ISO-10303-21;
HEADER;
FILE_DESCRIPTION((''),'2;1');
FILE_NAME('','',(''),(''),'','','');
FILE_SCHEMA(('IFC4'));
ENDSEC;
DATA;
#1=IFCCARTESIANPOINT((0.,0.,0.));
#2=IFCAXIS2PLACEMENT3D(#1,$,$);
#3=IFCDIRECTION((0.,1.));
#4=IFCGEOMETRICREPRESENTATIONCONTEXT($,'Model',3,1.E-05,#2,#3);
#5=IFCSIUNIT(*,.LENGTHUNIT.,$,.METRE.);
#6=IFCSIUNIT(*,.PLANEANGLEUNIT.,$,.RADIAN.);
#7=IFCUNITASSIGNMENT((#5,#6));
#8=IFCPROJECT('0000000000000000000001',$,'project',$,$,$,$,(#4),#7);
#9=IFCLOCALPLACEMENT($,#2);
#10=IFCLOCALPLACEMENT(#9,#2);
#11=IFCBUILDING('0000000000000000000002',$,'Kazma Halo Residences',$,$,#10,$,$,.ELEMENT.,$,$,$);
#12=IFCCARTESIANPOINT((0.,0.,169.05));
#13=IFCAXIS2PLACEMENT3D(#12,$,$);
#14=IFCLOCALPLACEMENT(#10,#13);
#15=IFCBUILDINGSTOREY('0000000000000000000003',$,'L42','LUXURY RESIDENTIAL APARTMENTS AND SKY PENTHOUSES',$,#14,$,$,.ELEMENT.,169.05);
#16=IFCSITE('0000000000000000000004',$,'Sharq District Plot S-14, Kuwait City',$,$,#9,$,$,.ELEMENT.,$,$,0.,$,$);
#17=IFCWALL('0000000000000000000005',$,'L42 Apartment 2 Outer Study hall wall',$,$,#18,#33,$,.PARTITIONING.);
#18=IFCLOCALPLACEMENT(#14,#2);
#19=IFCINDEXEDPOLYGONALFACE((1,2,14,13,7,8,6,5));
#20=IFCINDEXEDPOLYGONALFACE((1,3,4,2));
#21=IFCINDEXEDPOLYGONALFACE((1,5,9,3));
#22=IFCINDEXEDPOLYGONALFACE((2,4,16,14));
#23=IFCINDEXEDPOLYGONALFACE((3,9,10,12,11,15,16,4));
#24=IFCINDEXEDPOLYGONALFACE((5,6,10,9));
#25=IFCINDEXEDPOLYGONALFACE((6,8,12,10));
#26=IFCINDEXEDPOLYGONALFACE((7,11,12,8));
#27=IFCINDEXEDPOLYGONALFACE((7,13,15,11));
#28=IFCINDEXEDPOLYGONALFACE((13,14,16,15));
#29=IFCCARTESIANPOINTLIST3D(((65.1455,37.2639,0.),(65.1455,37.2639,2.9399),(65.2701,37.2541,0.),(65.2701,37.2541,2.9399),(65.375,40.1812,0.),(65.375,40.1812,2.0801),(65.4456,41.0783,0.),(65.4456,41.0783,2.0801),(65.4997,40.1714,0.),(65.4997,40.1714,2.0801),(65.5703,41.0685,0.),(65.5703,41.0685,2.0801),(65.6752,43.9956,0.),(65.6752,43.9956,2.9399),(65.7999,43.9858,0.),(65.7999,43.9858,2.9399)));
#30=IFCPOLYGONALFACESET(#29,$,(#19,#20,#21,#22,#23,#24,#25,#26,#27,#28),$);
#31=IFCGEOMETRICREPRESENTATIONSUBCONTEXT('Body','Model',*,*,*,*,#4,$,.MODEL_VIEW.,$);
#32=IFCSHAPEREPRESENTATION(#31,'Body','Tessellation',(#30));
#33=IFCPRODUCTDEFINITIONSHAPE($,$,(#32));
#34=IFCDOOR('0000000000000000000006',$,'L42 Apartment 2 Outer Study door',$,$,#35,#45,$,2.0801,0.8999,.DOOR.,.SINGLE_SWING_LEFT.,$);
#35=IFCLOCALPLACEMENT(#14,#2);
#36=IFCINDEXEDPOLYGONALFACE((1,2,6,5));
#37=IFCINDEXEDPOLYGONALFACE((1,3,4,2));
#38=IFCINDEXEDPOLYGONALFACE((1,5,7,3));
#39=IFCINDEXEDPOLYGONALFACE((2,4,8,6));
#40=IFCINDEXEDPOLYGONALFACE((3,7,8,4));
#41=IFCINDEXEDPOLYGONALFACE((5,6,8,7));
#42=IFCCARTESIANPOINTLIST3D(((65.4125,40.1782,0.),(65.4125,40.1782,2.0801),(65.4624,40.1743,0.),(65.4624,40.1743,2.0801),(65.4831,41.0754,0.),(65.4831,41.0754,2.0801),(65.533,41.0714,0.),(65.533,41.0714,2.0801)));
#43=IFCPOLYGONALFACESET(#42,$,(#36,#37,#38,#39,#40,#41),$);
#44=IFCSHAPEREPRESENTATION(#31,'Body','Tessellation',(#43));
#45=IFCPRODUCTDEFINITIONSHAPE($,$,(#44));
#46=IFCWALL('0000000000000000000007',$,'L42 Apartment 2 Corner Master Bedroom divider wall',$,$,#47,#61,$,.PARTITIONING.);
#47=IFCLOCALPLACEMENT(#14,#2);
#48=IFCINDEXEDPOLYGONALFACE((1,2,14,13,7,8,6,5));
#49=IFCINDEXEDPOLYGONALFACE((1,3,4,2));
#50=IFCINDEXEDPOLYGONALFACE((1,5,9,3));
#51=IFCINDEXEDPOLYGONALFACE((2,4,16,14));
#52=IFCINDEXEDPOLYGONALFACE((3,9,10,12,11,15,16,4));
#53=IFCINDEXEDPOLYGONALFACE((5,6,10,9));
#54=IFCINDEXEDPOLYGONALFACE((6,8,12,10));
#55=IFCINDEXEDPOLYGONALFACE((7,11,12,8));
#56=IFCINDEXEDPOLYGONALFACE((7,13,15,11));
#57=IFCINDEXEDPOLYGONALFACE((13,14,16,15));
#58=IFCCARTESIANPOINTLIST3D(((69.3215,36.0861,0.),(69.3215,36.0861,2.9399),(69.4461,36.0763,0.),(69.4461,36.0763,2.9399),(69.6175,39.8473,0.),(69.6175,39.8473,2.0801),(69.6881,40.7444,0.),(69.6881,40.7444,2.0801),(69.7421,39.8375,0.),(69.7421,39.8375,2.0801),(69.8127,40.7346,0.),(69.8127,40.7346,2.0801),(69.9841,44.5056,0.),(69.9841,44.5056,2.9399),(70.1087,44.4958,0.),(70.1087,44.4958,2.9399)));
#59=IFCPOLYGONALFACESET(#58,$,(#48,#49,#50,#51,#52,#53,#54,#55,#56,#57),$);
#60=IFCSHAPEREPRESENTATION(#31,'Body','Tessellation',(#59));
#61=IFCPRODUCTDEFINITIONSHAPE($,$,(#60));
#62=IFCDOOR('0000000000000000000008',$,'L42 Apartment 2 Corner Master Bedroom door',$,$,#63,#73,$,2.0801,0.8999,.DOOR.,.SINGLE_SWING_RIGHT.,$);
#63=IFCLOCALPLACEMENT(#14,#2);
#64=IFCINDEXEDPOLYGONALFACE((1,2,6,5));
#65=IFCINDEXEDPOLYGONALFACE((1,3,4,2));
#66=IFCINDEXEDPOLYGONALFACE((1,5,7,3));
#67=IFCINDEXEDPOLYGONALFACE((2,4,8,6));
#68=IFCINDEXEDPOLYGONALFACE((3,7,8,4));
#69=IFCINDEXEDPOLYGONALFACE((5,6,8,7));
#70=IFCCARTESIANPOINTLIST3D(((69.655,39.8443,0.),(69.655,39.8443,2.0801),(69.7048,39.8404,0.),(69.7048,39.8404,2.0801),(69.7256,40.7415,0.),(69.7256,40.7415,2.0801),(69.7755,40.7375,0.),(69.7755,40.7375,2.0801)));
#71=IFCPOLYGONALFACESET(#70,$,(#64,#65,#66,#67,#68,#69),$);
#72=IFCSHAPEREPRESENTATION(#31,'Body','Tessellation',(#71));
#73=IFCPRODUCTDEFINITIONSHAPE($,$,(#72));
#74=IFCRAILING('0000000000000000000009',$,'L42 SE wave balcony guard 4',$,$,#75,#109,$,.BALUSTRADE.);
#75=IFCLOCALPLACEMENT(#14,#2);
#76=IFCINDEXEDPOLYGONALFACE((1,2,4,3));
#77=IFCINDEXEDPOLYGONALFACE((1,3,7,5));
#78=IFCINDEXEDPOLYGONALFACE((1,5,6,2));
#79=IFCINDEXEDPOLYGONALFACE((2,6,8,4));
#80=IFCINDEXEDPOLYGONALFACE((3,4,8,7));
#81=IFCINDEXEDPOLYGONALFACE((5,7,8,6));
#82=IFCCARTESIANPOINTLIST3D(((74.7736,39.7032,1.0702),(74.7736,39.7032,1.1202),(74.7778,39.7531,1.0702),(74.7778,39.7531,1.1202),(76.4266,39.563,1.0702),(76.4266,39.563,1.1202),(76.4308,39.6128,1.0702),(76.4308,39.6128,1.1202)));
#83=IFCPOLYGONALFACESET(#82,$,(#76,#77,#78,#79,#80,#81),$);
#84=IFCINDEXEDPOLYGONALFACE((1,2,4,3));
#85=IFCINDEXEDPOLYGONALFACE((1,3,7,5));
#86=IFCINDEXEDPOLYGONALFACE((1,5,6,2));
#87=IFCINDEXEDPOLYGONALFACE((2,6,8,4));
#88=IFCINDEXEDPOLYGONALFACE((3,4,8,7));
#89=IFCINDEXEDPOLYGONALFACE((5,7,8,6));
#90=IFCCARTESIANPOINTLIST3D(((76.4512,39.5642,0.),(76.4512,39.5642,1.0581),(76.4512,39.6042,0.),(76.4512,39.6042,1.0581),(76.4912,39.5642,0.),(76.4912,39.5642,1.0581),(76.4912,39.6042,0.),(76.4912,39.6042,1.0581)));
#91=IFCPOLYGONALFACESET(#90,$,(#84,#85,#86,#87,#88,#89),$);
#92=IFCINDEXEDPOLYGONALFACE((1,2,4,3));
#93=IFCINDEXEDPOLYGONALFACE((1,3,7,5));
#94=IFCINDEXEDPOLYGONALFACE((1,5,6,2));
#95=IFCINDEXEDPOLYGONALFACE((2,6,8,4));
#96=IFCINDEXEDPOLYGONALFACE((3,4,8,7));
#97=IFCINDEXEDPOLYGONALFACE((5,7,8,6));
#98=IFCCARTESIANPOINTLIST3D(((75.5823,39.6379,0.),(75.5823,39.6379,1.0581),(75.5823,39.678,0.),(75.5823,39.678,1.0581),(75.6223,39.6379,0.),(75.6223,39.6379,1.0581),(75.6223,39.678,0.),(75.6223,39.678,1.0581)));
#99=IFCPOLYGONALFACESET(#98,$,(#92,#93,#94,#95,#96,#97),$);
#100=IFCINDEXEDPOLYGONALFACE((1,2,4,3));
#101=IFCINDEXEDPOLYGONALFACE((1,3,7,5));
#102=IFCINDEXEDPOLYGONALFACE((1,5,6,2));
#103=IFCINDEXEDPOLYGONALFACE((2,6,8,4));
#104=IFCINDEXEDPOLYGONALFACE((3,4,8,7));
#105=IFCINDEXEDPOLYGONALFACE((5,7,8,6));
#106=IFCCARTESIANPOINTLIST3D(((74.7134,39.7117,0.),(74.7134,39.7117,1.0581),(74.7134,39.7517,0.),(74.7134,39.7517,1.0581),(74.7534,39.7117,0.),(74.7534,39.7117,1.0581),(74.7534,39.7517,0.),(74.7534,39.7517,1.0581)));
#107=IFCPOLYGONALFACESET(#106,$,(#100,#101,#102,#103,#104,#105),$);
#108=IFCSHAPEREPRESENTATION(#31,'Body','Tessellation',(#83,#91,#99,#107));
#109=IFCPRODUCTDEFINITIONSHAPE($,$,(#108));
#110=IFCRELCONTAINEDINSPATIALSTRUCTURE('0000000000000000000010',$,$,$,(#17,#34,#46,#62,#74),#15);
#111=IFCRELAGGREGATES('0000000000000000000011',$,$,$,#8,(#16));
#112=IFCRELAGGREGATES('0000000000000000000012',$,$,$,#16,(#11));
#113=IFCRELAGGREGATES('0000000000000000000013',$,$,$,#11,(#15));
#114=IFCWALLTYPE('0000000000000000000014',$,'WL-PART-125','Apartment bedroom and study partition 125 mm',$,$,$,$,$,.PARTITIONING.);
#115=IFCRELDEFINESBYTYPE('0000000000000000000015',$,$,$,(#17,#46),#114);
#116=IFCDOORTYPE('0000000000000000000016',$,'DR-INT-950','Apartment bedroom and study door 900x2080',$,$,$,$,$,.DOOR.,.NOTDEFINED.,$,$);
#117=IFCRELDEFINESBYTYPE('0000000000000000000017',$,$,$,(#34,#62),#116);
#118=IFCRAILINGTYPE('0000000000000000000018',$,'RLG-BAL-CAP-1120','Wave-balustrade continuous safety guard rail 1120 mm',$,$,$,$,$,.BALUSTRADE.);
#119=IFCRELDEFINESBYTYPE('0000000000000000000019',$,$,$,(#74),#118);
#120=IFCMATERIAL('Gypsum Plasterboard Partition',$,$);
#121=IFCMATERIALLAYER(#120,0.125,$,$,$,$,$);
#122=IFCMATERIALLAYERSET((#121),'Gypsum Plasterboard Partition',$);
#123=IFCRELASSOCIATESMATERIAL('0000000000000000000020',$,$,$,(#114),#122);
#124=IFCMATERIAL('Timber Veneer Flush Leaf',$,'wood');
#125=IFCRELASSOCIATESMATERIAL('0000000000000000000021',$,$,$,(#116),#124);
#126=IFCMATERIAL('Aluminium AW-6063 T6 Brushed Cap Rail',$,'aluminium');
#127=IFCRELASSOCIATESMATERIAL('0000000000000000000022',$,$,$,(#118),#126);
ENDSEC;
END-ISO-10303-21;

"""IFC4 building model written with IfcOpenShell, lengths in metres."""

from ifc_helpers import new_model, si_unit, direction, frame, frame_2d, origin, origin_2d, place, context, subcontext, project, spatial, rectangle, extrude, material, layer, layer_set, type_object, element, fill, save


model = new_model("IFC4")

# Units and contexts
model_context = context("Model", 3, precision=1e-05, world=origin(), true_north=direction((0.0, 1.0)))
body_context = subcontext(model_context, "Body", "Model", "MODEL_VIEW")
ifc_project = project(units=[si_unit("LENGTHUNIT", "METRE"), si_unit("PLANEANGLEUNIT", "RADIAN")], contexts=[model_context])

# Site, building, storey
site_placement = place(None, origin())
site = spatial("IfcSite", under=ifc_project, at=site_placement, Name="Sharq District Plot S-14, Kuwait City", CompositionType="ELEMENT", RefElevation=0.0)
building_placement = place(site_placement, origin())
building = spatial("IfcBuilding", under=site, at=building_placement, Name="Kazma Halo Residences", CompositionType="ELEMENT")
storey_placement = place(building_placement, frame((0.0, 0.0, 169.05)))
storey = spatial("IfcBuildingStorey", under=building, at=storey_placement, Name="L42", Description="LUXURY RESIDENTIAL APARTMENTS AND SKY PENTHOUSES", CompositionType="ELEMENT", Elevation=169.05)

# Shared definitions
ifc_material_1 = material(Name="Gypsum Plasterboard Partition")
ifc_layer_1 = layer(ifc_material_1, 0.125)
ifc_layer_set_1 = layer_set([ifc_layer_1], Name="Gypsum Plasterboard Partition")
wall_type_1 = type_object("IfcWallType", Name="WL-PART-125", Description="Apartment bedroom and study partition 125 mm", PredefinedType="PARTITIONING", material=ifc_layer_set_1)
ifc_material_2 = material(Name="Timber Veneer Flush Leaf", Category="wood")
door_type = type_object("IfcDoorType", Name="DR-INT-950", Description="Apartment bedroom and study door 900x2080", OperationType="NOTDEFINED", PredefinedType="DOOR", material=ifc_material_2)

# Walls, openings, doors
wall_1_placement = place(storey_placement, frame((65.2078, 37.259, 0.0), z_axis=(0.0, 0.0, 1.0), x_axis=(0.078458, 0.996917, 0.0)))
wall_1 = element("IfcWall", 1, at=wall_1_placement, inside=storey, type_object=wall_type_1, Name="L42 Apartment 2 Outer Study hall wall", PredefinedType="PARTITIONING", context=body_context, shape_type="SweptSolid", body=[
    extrude(rectangle(XDim=6.7524, YDim=0.125, at=frame_2d((3.3762, 0.0))), origin(), (0.0, 0.0, 1.0), 2.9399),
])
opening_1_placement = place(wall_1_placement, frame((2.9263, 0.0, 0.0)))
opening_1 = element("IfcOpeningElement", 2, at=opening_1_placement, cuts=wall_1, PredefinedType="OPENING", context=body_context, shape_type="SweptSolid", body=[
    extrude(rectangle(XDim=0.8999, YDim=2.0801, at=frame_2d((0.45, 1.04))), frame((0.0, 0.0725, 0.0), z_axis=(0.0, -1.0, 0.0), x_axis=(1.0, 0.0, 0.0)), (0.0, 0.0, 1.0), 0.145),
])
door_1_placement = place(opening_1_placement, origin())
door_1 = element("IfcDoor", 3, at=door_1_placement, inside=storey, type_object=door_type, Name="L42 Apartment 2 Outer Study door", OperationType="SINGLE_SWING_LEFT", OverallHeight=2.0801, OverallWidth=0.8999, PredefinedType="DOOR", context=body_context, shape_type="SweptSolid", body=[
    extrude(rectangle(XDim=0.8999, YDim=2.0801, at=frame_2d((0.45, 1.04))), frame((0.0, 0.0249, 0.0), z_axis=(0.0, -1.0, 0.0), x_axis=(1.0, 0.0, 0.0)), (0.0, 0.0, 1.0), 0.05),
])
fill(opening_1, door_1)
wall_2_placement = place(storey_placement, frame((69.3838, 36.0813, 0.0), z_axis=(0.0, 0.0, 1.0), x_axis=(0.078456, 0.996918, 0.0)))
wall_2 = element("IfcWall", 4, at=wall_2_placement, inside=storey, type_object=wall_type_1, Name="L42 Apartment 2 Corner Master Bedroom divider wall", PredefinedType="PARTITIONING", context=body_context, shape_type="SweptSolid", body=[
    extrude(rectangle(XDim=8.4456, YDim=0.125, at=frame_2d((4.2227, 0.0))), origin(), (0.0, 0.0, 1.0), 2.9399),
])
opening_2_placement = place(wall_2_placement, frame((3.7727, 0.0, 0.0)))
opening_2 = element("IfcOpeningElement", 5, at=opening_2_placement, cuts=wall_2, PredefinedType="OPENING", context=body_context, shape_type="SweptSolid", body=[
    extrude(rectangle(XDim=0.8999, YDim=2.0801, at=frame_2d((0.45, 1.04))), frame((0.0, 0.0725, 0.0), z_axis=(0.0, -1.0, 0.0), x_axis=(1.0, 0.0, 0.0)), (0.0, 0.0, 1.0), 0.145),
])
door_2_placement = place(opening_2_placement, origin())
door_2 = element("IfcDoor", 6, at=door_2_placement, inside=storey, type_object=door_type, Name="L42 Apartment 2 Corner Master Bedroom door", OperationType="SINGLE_SWING_RIGHT", OverallHeight=2.0801, OverallWidth=0.8999, PredefinedType="DOOR", context=body_context, shape_type="SweptSolid", body=[
    extrude(rectangle(XDim=0.8999, YDim=2.0801, at=frame_2d((0.45, 1.04))), frame((0.0, 0.0249, 0.0), z_axis=(0.0, -1.0, 0.0), x_axis=(1.0, 0.0, 0.0)), (0.0, 0.0, 1.0), 0.05),
])
fill(opening_2, door_2)

# Railing
ifc_material_3 = material(Name="Aluminium AW-6063 T6 Brushed Cap Rail", Category="aluminium")
railing_type = type_object("IfcRailingType", Name="RLG-BAL-CAP-1120", Description="Wave-balustrade continuous safety guard rail 1120 mm", PredefinedType="BALUSTRADE", material=ifc_material_3)
railing_placement = place(storey_placement, frame((76.4712, 39.5842, 0.0)))
element("IfcRailing", 7, at=railing_placement, inside=storey, type_object=railing_type, Name="L42 SE wave balcony guard 4", PredefinedType="BALUSTRADE", context=body_context, shape_type="SweptSolid", body=[
    extrude(rectangle(XDim=0.05, YDim=0.05, at=origin_2d()), frame((-0.0425, 0.0037, 1.0952), z_axis=(-0.996419, 0.084551, 0.0), x_axis=(-0.084551, -0.996419, 0.0)), (0.0, 0.0, 1.0), 1.6589),
    extrude(rectangle(XDim=0.04, YDim=0.04, at=origin_2d()), origin(), (0.0, 0.0, 1.0), 1.0581),
    extrude(rectangle(XDim=0.04, YDim=0.04, at=origin_2d()), frame((-0.8689, 0.0737, 0.0)), (0.0, 0.0, 1.0), 1.0581),
    extrude(rectangle(XDim=0.04, YDim=0.04, at=origin_2d()), frame((-1.7378, 0.1475, 0.0)), (0.0, 0.0, 1.0), 1.0581),
])

save(model, "model.ifc")
